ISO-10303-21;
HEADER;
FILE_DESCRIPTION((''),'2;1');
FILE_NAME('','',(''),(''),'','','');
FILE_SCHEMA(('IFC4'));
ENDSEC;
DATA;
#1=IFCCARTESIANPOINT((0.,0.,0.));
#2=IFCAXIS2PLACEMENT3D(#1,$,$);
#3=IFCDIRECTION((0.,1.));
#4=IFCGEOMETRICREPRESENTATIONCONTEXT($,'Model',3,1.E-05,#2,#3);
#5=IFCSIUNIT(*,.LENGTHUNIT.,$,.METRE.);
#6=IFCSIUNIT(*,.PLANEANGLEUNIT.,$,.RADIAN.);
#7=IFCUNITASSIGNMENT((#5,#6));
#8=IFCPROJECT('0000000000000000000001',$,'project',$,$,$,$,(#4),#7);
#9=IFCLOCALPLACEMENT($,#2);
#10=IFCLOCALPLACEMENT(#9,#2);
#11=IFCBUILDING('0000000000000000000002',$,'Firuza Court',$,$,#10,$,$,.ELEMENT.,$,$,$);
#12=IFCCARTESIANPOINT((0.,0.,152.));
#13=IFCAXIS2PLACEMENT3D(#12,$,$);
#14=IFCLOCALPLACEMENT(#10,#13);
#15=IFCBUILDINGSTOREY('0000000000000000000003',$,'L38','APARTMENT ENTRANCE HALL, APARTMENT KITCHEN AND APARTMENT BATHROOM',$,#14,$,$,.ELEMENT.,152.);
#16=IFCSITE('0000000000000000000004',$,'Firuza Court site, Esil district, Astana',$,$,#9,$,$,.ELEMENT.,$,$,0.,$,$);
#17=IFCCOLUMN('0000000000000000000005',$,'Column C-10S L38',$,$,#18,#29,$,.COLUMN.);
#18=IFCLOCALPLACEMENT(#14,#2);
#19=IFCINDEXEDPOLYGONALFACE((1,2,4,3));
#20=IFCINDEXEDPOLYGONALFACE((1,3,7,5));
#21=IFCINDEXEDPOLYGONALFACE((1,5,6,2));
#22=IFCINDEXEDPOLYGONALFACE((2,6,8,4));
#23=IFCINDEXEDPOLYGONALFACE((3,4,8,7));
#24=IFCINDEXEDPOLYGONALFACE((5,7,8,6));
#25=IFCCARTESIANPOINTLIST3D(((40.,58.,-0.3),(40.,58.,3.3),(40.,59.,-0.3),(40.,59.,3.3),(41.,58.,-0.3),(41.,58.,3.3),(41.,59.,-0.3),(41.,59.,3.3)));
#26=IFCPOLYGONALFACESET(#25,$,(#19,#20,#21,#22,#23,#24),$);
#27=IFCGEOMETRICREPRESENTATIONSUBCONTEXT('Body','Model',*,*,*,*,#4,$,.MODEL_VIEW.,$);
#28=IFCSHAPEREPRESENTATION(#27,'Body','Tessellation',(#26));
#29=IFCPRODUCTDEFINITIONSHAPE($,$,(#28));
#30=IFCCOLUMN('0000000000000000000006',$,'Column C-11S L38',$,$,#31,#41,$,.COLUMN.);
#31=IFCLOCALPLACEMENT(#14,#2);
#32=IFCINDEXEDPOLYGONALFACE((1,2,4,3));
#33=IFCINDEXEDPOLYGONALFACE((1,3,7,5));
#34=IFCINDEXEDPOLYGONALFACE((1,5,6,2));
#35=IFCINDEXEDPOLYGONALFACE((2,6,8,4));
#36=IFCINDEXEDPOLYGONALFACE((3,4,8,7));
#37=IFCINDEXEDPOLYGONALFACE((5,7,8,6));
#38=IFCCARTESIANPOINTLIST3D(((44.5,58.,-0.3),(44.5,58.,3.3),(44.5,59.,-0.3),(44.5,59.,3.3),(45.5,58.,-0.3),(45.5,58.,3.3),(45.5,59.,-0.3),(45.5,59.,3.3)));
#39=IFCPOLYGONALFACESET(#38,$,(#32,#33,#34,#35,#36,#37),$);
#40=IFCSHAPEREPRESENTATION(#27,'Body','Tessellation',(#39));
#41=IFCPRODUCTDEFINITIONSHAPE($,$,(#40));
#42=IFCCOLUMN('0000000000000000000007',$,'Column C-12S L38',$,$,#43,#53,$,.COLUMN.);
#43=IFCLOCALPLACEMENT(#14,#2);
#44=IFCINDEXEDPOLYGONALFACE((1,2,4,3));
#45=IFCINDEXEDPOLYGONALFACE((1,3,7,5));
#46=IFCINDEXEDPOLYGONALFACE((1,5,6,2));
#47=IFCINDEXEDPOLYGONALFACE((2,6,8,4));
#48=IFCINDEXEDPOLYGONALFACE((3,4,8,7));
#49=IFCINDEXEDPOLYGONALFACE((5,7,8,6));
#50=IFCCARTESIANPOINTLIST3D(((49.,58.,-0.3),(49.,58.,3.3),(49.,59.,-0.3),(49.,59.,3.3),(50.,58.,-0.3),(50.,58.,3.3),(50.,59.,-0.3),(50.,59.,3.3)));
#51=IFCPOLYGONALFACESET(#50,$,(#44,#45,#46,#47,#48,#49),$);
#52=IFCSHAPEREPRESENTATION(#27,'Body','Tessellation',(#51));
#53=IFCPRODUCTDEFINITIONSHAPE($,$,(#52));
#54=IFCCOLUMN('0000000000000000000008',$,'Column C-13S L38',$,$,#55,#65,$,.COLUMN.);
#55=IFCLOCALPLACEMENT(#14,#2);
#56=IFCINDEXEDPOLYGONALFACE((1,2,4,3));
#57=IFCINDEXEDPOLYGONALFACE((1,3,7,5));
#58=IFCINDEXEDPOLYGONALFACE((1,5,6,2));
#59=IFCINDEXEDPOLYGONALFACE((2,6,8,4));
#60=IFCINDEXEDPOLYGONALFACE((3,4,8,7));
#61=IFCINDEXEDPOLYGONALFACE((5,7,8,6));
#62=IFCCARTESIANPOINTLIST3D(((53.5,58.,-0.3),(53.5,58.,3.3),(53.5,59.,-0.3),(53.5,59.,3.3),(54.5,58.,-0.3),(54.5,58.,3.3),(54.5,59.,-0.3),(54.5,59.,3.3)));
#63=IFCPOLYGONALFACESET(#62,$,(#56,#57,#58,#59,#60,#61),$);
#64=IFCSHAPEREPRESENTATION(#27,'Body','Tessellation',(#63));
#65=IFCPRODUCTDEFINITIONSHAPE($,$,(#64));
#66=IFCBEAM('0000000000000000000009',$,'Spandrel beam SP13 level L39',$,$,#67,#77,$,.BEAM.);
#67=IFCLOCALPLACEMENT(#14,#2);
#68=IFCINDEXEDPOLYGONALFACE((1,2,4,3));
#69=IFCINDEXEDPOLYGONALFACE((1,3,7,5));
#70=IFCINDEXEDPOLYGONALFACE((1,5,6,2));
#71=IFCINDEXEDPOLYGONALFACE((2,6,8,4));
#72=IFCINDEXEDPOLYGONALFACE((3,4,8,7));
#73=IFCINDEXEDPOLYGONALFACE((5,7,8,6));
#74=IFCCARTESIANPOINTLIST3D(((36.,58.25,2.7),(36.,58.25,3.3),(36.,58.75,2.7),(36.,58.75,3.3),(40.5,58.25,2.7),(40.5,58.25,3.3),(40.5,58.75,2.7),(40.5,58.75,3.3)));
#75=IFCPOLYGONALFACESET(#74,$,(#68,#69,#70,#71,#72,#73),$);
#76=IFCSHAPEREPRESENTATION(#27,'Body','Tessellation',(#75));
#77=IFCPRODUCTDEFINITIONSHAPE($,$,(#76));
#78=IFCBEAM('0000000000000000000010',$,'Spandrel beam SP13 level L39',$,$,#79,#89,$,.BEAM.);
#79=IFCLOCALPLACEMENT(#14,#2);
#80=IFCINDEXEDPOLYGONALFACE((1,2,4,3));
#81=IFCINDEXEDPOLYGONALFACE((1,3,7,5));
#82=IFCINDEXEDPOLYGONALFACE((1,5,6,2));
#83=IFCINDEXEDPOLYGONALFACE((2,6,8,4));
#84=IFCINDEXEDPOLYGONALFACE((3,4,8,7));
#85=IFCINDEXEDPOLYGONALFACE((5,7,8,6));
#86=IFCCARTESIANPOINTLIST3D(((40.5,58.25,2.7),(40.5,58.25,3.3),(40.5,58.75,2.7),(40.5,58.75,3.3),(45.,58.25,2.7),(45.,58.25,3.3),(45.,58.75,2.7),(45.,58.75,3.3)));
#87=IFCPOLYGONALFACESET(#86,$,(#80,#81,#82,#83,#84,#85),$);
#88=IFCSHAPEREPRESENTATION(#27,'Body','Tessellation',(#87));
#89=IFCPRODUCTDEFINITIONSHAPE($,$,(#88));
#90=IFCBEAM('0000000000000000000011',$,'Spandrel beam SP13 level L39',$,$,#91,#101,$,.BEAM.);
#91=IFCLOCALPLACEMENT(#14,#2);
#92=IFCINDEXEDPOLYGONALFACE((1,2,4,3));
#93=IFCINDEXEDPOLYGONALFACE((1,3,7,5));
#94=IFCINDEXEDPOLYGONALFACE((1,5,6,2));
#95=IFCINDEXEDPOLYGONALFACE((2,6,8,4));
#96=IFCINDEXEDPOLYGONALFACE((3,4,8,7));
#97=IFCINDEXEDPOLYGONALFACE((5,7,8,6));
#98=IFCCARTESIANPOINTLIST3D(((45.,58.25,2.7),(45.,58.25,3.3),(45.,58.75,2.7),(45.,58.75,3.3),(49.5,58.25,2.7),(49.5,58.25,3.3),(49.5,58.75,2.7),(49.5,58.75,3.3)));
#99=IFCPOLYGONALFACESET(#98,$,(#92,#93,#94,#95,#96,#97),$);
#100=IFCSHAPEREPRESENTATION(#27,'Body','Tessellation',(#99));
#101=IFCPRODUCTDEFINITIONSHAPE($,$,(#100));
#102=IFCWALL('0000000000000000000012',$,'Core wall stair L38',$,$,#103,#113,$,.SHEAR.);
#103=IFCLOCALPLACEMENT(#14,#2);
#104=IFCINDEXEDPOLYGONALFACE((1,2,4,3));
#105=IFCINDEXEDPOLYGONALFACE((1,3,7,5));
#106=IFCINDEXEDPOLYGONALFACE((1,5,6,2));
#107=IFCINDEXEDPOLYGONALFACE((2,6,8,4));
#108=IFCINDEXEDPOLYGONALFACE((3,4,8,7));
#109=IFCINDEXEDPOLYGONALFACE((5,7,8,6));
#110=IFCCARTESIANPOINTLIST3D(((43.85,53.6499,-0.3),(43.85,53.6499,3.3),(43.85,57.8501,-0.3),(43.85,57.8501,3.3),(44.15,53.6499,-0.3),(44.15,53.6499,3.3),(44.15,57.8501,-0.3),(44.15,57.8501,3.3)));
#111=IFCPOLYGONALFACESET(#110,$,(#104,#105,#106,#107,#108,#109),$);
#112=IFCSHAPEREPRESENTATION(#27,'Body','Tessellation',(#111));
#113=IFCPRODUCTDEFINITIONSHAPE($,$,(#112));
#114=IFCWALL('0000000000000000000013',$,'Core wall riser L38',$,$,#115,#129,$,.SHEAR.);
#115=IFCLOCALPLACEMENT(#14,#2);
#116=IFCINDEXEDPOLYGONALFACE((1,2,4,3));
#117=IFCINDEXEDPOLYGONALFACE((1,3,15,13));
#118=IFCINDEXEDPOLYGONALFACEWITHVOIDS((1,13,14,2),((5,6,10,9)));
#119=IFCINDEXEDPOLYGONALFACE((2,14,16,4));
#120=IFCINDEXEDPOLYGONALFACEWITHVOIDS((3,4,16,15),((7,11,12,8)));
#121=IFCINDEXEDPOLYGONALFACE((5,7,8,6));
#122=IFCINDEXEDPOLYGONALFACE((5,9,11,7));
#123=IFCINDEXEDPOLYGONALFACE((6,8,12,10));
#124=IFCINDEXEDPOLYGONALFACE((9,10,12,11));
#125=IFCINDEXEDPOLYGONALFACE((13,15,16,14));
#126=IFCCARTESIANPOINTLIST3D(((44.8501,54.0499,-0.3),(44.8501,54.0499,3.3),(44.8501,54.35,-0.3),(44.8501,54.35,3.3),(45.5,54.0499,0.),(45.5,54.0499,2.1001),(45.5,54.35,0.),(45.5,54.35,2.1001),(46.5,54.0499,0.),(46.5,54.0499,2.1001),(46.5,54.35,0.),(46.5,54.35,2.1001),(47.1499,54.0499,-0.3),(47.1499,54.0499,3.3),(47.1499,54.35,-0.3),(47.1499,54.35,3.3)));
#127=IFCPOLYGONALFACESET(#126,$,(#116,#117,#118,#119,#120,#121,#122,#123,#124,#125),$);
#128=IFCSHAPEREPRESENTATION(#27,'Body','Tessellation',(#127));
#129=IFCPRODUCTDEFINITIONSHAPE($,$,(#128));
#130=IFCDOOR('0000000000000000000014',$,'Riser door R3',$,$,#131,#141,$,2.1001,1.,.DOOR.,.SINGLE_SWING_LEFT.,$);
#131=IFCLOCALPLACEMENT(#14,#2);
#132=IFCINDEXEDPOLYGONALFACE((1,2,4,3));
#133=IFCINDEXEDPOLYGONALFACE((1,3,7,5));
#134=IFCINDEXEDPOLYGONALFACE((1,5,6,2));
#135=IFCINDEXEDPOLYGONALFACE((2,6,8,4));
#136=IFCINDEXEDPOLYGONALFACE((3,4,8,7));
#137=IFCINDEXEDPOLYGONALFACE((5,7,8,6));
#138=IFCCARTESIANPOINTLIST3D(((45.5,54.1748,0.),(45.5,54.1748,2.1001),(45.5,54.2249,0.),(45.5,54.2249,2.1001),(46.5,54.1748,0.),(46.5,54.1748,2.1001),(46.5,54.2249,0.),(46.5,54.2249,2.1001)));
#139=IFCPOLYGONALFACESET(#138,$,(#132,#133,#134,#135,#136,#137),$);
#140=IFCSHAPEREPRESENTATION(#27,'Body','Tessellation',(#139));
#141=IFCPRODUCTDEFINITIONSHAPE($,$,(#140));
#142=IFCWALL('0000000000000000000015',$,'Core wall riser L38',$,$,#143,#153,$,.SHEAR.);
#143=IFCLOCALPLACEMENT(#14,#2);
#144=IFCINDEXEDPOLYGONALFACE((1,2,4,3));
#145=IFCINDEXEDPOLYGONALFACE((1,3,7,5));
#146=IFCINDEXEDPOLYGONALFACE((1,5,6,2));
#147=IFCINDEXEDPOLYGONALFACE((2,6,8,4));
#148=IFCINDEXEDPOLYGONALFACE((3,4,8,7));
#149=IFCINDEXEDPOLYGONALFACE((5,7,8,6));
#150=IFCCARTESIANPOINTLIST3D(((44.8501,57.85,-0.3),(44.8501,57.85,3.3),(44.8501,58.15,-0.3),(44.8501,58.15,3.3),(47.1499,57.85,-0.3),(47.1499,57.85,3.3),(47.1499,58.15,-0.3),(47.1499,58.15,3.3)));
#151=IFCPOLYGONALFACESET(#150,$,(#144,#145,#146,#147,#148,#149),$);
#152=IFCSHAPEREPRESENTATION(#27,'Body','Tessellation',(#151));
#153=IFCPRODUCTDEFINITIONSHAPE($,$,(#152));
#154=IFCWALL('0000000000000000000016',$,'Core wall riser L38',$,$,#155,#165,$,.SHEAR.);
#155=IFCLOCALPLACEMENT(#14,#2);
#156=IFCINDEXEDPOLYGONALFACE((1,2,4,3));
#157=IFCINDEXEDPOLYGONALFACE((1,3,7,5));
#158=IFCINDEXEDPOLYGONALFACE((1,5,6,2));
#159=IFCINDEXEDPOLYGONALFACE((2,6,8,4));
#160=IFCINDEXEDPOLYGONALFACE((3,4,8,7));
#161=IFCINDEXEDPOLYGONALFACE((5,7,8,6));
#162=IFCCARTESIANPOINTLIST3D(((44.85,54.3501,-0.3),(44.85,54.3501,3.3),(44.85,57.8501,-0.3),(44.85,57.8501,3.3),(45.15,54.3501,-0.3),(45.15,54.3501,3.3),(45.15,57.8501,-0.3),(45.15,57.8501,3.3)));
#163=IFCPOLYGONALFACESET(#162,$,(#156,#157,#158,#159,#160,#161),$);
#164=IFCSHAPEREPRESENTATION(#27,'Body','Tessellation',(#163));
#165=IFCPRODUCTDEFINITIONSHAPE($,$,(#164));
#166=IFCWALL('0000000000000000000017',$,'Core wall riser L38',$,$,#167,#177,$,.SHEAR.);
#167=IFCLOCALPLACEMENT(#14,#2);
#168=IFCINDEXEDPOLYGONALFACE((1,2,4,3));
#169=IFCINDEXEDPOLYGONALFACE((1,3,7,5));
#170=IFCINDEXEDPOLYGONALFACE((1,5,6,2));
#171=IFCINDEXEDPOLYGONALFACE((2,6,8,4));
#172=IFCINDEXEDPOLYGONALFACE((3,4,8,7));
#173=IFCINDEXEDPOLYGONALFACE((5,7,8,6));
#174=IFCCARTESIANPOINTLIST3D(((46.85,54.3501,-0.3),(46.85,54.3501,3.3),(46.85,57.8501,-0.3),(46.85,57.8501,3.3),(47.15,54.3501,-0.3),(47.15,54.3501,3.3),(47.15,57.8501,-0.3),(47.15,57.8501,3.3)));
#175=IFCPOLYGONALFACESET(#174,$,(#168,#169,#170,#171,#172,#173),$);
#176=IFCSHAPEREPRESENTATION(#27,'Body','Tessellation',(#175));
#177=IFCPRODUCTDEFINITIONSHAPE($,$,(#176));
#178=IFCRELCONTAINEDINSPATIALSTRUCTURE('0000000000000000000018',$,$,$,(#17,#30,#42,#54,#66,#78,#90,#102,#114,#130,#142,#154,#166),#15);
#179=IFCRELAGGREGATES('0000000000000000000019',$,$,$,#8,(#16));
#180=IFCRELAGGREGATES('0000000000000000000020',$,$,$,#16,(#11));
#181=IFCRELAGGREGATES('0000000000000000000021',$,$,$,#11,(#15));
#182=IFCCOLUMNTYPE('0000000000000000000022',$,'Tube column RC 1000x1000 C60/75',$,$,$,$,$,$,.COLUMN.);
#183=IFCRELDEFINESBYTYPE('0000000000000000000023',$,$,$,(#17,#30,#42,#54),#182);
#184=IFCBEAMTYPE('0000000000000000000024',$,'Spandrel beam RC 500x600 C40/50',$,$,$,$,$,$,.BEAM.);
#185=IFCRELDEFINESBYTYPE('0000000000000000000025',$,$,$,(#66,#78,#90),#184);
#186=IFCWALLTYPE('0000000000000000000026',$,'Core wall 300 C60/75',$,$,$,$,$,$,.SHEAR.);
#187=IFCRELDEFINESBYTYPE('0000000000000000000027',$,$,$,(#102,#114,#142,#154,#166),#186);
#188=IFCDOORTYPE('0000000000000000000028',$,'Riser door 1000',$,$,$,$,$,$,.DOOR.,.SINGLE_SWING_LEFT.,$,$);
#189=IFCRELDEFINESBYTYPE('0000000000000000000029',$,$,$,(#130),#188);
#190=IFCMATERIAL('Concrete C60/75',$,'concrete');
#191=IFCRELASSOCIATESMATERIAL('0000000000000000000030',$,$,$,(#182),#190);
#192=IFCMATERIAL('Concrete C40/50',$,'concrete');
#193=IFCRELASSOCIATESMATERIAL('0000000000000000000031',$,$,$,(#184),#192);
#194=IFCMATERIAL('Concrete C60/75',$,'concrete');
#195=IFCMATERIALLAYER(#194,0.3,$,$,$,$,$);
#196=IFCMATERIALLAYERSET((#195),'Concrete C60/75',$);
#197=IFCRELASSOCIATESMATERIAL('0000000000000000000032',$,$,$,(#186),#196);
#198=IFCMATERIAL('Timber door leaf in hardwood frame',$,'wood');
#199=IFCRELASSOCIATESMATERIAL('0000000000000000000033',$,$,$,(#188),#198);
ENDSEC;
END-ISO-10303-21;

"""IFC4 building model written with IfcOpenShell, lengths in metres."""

from ifc_helpers import new_model, si_unit, direction, frame, frame_2d, origin, origin_2d, place, context, subcontext, project, spatial, rectangle, extrude, material, layer, layer_set, material_profile, profile_set, type_object, element, fill, save


model = new_model("IFC4")

# Units and contexts
model_context = context("Model", 3, precision=1e-05, world=origin(), true_north=direction((0.0, 1.0)))
body_context = subcontext(model_context, "Body", "Model", "MODEL_VIEW")
ifc_project = project(units=[si_unit("LENGTHUNIT", "METRE"), si_unit("PLANEANGLEUNIT", "RADIAN")], contexts=[model_context])

# Site, building, storey
site_placement = place(None, origin())
site = spatial("IfcSite", under=ifc_project, at=site_placement, Name="Firuza Court site, Esil district, Astana", CompositionType="ELEMENT", RefElevation=0.0)
building_placement = place(site_placement, origin())
building = spatial("IfcBuilding", under=site, at=building_placement, Name="Firuza Court", CompositionType="ELEMENT")
storey_placement = place(building_placement, frame((0.0, 0.0, 152.0)))
storey = spatial("IfcBuildingStorey", under=building, at=storey_placement, Name="L38", Description="APARTMENT ENTRANCE HALL, APARTMENT KITCHEN AND APARTMENT BATHROOM", CompositionType="ELEMENT", Elevation=152.0)

# Columns
ifc_material_1 = material(Name="Concrete C60/75", Category="concrete")
ifc_material_profile_1 = material_profile(ifc_material_1, rectangle(XDim=1.0, YDim=1.0, at=origin_2d()), Name="RC 1000x1000")
ifc_profile_set_1 = profile_set([ifc_material_profile_1], Name="Concrete C60/75")
column_type = type_object("IfcColumnType", Name="Tube column RC 1000x1000 C60/75", PredefinedType="COLUMN", material=ifc_profile_set_1)
for number, where, z_axis, x_axis, name in (
    (1, (40.5, 58.5, -0.3), (0.0, 0.0, 1.0), (1.0, 0.0, 0.0), "Column C-10S L38"),
    (2, (45.0, 58.5, -0.3), (0.0, 0.0, 1.0), (1.0, 0.0, 0.0), "Column C-11S L38"),
    (3, (49.5, 58.5, -0.3), (0.0, 0.0, 1.0), (1.0, 0.0, 0.0), "Column C-12S L38"),
    (4, (54.0, 58.5, -0.3), (0.0, 0.0, 1.0), (1.0, 0.0, 0.0), "Column C-13S L38"),
):
    element("IfcColumn", number, at=place(storey_placement, frame(where, z_axis=z_axis, x_axis=x_axis)), inside=storey, type_object=column_type, Name=name, PredefinedType="COLUMN", context=body_context, shape_type="SweptSolid", body=[
        extrude(rectangle(XDim=1.0, YDim=1.0, at=origin_2d()), origin(), (0.0, 0.0, 1.0), 3.6001),
    ])

# Beams
ifc_material_2 = material(Name="Concrete C40/50", Category="concrete")
ifc_material_profile_2 = material_profile(ifc_material_2, rectangle(XDim=0.5, YDim=0.6001, at=origin_2d()), Name="RC 500x600")
ifc_profile_set_2 = profile_set([ifc_material_profile_2], Name="Concrete C40/50")
beam_type = type_object("IfcBeamType", Name="Spandrel beam RC 500x600 C40/50", PredefinedType="BEAM", material=ifc_profile_set_2)
for number, where, z_axis, x_axis, name in (
    (5, (40.5, 58.5, 3.0), (-1.0, 0.0, 0.0), (0.0, -1.0, 0.0), "Spandrel beam SP13 level L39"),
    (6, (45.0, 58.5, 3.0), (-1.0, 0.0, 0.0), (0.0, -1.0, 0.0), "Spandrel beam SP13 level L39"),
    (7, (49.5, 58.5, 3.0), (-1.0, 0.0, 0.0), (0.0, -1.0, 0.0), "Spandrel beam SP13 level L39"),
):
    element("IfcBeam", number, at=place(storey_placement, frame(where, z_axis=z_axis, x_axis=x_axis)), inside=storey, type_object=beam_type, Name=name, PredefinedType="BEAM", context=body_context, shape_type="SweptSolid", body=[
        extrude(rectangle(XDim=0.5, YDim=0.6001, at=origin_2d()), origin(), (0.0, 0.0, 1.0), 4.5),
    ])

# Wall
ifc_material_3 = material(Name="Concrete C60/75", Category="concrete")
ifc_layer_1 = layer(ifc_material_3, 0.3)
ifc_layer_set_1 = layer_set([ifc_layer_1], Name="Concrete C60/75")
wall_type_1 = type_object("IfcWallType", Name="Core wall 300 C60/75", PredefinedType="SHEAR", material=ifc_layer_set_1)
wall_1_placement = place(storey_placement, frame((44.0, 53.6499, -0.3), z_axis=(0.0, 0.0, 1.0), x_axis=(0.0, 1.0, 0.0)))
element("IfcWall", 8, at=wall_1_placement, inside=storey, type_object=wall_type_1, Name="Core wall stair L38", PredefinedType="SHEAR", context=body_context, shape_type="SweptSolid", body=[
    extrude(rectangle(XDim=4.2002, YDim=0.3, at=frame_2d((2.1001, 0.0))), origin(), (0.0, 0.0, 1.0), 3.6001),
])

# Wall, opening, door
wall_2_placement = place(storey_placement, frame((44.8501, 54.2, -0.3), z_axis=(0.0, 0.0, 1.0), x_axis=(1.0, 0.0, 0.0)))
wall_2 = element("IfcWall", 9, at=wall_2_placement, inside=storey, type_object=wall_type_1, Name="Core wall riser L38", PredefinedType="SHEAR", context=body_context, shape_type="SweptSolid", body=[
    extrude(rectangle(XDim=2.2998, YDim=0.3, at=frame_2d((1.1499, 0.0))), origin(), (0.0, 0.0, 1.0), 3.6001),
])
opening_1_placement = place(wall_2_placement, frame((0.6499, 0.0, 0.3)))
opening_1 = element("IfcOpeningElement", 10, at=opening_1_placement, cuts=wall_2, PredefinedType="OPENING", context=body_context, shape_type="SweptSolid", body=[
    extrude(rectangle(XDim=1.0, YDim=2.1001, at=frame_2d((0.5, 1.05))), frame((0.0, 0.1621, 0.0), z_axis=(0.0, -1.0, 0.0), x_axis=(1.0, 0.0, 0.0)), (0.0, 0.0, 1.0), 0.324),
])
ifc_material_4 = material(Name="Timber door leaf in hardwood frame", Category="wood")
door_type_1 = type_object("IfcDoorType", Name="Riser door 1000", OperationType="SINGLE_SWING_LEFT", PredefinedType="DOOR", material=ifc_material_4)
door_1_placement = place(opening_1_placement, origin())
door_1 = element("IfcDoor", 11, at=door_1_placement, inside=storey, type_object=door_type_1, Name="Riser door R3", OperationType="SINGLE_SWING_LEFT", OverallHeight=2.1001, OverallWidth=1.0, PredefinedType="DOOR", context=body_context, shape_type="SweptSolid", body=[
    extrude(rectangle(XDim=1.0, YDim=2.1001, at=frame_2d((0.5, 1.05))), frame((0.0, 0.0249, 0.0), z_axis=(0.0, -1.0, 0.0), x_axis=(1.0, 0.0, 0.0)), (0.0, 0.0, 1.0), 0.05),
])
fill(opening_1, door_1)

# Walls
wall_3_placement = place(storey_placement, frame((44.8501, 58.0, -0.3), z_axis=(0.0, 0.0, 1.0), x_axis=(1.0, 0.0, 0.0)))
element("IfcWall", 12, at=wall_3_placement, inside=storey, type_object=wall_type_1, Name="Core wall riser L38", PredefinedType="SHEAR", context=body_context, shape_type="SweptSolid", body=[
    extrude(rectangle(XDim=2.2998, YDim=0.3, at=frame_2d((1.1499, 0.0))), origin(), (0.0, 0.0, 1.0), 3.6001),
])
for number, where, z_axis, x_axis, name in (
    (13, (45.0, 54.3501, -0.3), (0.0, 0.0, 1.0), (0.0, 1.0, 0.0), "Core wall riser L38"),
    (14, (47.0, 54.3501, -0.3), (0.0, 0.0, 1.0), (0.0, 1.0, 0.0), "Core wall riser L38"),
):
    element("IfcWall", number, at=place(storey_placement, frame(where, z_axis=z_axis, x_axis=x_axis)), inside=storey, type_object=wall_type_1, Name=name, PredefinedType="SHEAR", context=body_context, shape_type="SweptSolid", body=[
        extrude(rectangle(XDim=3.5, YDim=0.3, at=frame_2d((1.75, 0.0))), origin(), (0.0, 0.0, 1.0), 3.6001),
    ])

save(model, "model.ifc")
